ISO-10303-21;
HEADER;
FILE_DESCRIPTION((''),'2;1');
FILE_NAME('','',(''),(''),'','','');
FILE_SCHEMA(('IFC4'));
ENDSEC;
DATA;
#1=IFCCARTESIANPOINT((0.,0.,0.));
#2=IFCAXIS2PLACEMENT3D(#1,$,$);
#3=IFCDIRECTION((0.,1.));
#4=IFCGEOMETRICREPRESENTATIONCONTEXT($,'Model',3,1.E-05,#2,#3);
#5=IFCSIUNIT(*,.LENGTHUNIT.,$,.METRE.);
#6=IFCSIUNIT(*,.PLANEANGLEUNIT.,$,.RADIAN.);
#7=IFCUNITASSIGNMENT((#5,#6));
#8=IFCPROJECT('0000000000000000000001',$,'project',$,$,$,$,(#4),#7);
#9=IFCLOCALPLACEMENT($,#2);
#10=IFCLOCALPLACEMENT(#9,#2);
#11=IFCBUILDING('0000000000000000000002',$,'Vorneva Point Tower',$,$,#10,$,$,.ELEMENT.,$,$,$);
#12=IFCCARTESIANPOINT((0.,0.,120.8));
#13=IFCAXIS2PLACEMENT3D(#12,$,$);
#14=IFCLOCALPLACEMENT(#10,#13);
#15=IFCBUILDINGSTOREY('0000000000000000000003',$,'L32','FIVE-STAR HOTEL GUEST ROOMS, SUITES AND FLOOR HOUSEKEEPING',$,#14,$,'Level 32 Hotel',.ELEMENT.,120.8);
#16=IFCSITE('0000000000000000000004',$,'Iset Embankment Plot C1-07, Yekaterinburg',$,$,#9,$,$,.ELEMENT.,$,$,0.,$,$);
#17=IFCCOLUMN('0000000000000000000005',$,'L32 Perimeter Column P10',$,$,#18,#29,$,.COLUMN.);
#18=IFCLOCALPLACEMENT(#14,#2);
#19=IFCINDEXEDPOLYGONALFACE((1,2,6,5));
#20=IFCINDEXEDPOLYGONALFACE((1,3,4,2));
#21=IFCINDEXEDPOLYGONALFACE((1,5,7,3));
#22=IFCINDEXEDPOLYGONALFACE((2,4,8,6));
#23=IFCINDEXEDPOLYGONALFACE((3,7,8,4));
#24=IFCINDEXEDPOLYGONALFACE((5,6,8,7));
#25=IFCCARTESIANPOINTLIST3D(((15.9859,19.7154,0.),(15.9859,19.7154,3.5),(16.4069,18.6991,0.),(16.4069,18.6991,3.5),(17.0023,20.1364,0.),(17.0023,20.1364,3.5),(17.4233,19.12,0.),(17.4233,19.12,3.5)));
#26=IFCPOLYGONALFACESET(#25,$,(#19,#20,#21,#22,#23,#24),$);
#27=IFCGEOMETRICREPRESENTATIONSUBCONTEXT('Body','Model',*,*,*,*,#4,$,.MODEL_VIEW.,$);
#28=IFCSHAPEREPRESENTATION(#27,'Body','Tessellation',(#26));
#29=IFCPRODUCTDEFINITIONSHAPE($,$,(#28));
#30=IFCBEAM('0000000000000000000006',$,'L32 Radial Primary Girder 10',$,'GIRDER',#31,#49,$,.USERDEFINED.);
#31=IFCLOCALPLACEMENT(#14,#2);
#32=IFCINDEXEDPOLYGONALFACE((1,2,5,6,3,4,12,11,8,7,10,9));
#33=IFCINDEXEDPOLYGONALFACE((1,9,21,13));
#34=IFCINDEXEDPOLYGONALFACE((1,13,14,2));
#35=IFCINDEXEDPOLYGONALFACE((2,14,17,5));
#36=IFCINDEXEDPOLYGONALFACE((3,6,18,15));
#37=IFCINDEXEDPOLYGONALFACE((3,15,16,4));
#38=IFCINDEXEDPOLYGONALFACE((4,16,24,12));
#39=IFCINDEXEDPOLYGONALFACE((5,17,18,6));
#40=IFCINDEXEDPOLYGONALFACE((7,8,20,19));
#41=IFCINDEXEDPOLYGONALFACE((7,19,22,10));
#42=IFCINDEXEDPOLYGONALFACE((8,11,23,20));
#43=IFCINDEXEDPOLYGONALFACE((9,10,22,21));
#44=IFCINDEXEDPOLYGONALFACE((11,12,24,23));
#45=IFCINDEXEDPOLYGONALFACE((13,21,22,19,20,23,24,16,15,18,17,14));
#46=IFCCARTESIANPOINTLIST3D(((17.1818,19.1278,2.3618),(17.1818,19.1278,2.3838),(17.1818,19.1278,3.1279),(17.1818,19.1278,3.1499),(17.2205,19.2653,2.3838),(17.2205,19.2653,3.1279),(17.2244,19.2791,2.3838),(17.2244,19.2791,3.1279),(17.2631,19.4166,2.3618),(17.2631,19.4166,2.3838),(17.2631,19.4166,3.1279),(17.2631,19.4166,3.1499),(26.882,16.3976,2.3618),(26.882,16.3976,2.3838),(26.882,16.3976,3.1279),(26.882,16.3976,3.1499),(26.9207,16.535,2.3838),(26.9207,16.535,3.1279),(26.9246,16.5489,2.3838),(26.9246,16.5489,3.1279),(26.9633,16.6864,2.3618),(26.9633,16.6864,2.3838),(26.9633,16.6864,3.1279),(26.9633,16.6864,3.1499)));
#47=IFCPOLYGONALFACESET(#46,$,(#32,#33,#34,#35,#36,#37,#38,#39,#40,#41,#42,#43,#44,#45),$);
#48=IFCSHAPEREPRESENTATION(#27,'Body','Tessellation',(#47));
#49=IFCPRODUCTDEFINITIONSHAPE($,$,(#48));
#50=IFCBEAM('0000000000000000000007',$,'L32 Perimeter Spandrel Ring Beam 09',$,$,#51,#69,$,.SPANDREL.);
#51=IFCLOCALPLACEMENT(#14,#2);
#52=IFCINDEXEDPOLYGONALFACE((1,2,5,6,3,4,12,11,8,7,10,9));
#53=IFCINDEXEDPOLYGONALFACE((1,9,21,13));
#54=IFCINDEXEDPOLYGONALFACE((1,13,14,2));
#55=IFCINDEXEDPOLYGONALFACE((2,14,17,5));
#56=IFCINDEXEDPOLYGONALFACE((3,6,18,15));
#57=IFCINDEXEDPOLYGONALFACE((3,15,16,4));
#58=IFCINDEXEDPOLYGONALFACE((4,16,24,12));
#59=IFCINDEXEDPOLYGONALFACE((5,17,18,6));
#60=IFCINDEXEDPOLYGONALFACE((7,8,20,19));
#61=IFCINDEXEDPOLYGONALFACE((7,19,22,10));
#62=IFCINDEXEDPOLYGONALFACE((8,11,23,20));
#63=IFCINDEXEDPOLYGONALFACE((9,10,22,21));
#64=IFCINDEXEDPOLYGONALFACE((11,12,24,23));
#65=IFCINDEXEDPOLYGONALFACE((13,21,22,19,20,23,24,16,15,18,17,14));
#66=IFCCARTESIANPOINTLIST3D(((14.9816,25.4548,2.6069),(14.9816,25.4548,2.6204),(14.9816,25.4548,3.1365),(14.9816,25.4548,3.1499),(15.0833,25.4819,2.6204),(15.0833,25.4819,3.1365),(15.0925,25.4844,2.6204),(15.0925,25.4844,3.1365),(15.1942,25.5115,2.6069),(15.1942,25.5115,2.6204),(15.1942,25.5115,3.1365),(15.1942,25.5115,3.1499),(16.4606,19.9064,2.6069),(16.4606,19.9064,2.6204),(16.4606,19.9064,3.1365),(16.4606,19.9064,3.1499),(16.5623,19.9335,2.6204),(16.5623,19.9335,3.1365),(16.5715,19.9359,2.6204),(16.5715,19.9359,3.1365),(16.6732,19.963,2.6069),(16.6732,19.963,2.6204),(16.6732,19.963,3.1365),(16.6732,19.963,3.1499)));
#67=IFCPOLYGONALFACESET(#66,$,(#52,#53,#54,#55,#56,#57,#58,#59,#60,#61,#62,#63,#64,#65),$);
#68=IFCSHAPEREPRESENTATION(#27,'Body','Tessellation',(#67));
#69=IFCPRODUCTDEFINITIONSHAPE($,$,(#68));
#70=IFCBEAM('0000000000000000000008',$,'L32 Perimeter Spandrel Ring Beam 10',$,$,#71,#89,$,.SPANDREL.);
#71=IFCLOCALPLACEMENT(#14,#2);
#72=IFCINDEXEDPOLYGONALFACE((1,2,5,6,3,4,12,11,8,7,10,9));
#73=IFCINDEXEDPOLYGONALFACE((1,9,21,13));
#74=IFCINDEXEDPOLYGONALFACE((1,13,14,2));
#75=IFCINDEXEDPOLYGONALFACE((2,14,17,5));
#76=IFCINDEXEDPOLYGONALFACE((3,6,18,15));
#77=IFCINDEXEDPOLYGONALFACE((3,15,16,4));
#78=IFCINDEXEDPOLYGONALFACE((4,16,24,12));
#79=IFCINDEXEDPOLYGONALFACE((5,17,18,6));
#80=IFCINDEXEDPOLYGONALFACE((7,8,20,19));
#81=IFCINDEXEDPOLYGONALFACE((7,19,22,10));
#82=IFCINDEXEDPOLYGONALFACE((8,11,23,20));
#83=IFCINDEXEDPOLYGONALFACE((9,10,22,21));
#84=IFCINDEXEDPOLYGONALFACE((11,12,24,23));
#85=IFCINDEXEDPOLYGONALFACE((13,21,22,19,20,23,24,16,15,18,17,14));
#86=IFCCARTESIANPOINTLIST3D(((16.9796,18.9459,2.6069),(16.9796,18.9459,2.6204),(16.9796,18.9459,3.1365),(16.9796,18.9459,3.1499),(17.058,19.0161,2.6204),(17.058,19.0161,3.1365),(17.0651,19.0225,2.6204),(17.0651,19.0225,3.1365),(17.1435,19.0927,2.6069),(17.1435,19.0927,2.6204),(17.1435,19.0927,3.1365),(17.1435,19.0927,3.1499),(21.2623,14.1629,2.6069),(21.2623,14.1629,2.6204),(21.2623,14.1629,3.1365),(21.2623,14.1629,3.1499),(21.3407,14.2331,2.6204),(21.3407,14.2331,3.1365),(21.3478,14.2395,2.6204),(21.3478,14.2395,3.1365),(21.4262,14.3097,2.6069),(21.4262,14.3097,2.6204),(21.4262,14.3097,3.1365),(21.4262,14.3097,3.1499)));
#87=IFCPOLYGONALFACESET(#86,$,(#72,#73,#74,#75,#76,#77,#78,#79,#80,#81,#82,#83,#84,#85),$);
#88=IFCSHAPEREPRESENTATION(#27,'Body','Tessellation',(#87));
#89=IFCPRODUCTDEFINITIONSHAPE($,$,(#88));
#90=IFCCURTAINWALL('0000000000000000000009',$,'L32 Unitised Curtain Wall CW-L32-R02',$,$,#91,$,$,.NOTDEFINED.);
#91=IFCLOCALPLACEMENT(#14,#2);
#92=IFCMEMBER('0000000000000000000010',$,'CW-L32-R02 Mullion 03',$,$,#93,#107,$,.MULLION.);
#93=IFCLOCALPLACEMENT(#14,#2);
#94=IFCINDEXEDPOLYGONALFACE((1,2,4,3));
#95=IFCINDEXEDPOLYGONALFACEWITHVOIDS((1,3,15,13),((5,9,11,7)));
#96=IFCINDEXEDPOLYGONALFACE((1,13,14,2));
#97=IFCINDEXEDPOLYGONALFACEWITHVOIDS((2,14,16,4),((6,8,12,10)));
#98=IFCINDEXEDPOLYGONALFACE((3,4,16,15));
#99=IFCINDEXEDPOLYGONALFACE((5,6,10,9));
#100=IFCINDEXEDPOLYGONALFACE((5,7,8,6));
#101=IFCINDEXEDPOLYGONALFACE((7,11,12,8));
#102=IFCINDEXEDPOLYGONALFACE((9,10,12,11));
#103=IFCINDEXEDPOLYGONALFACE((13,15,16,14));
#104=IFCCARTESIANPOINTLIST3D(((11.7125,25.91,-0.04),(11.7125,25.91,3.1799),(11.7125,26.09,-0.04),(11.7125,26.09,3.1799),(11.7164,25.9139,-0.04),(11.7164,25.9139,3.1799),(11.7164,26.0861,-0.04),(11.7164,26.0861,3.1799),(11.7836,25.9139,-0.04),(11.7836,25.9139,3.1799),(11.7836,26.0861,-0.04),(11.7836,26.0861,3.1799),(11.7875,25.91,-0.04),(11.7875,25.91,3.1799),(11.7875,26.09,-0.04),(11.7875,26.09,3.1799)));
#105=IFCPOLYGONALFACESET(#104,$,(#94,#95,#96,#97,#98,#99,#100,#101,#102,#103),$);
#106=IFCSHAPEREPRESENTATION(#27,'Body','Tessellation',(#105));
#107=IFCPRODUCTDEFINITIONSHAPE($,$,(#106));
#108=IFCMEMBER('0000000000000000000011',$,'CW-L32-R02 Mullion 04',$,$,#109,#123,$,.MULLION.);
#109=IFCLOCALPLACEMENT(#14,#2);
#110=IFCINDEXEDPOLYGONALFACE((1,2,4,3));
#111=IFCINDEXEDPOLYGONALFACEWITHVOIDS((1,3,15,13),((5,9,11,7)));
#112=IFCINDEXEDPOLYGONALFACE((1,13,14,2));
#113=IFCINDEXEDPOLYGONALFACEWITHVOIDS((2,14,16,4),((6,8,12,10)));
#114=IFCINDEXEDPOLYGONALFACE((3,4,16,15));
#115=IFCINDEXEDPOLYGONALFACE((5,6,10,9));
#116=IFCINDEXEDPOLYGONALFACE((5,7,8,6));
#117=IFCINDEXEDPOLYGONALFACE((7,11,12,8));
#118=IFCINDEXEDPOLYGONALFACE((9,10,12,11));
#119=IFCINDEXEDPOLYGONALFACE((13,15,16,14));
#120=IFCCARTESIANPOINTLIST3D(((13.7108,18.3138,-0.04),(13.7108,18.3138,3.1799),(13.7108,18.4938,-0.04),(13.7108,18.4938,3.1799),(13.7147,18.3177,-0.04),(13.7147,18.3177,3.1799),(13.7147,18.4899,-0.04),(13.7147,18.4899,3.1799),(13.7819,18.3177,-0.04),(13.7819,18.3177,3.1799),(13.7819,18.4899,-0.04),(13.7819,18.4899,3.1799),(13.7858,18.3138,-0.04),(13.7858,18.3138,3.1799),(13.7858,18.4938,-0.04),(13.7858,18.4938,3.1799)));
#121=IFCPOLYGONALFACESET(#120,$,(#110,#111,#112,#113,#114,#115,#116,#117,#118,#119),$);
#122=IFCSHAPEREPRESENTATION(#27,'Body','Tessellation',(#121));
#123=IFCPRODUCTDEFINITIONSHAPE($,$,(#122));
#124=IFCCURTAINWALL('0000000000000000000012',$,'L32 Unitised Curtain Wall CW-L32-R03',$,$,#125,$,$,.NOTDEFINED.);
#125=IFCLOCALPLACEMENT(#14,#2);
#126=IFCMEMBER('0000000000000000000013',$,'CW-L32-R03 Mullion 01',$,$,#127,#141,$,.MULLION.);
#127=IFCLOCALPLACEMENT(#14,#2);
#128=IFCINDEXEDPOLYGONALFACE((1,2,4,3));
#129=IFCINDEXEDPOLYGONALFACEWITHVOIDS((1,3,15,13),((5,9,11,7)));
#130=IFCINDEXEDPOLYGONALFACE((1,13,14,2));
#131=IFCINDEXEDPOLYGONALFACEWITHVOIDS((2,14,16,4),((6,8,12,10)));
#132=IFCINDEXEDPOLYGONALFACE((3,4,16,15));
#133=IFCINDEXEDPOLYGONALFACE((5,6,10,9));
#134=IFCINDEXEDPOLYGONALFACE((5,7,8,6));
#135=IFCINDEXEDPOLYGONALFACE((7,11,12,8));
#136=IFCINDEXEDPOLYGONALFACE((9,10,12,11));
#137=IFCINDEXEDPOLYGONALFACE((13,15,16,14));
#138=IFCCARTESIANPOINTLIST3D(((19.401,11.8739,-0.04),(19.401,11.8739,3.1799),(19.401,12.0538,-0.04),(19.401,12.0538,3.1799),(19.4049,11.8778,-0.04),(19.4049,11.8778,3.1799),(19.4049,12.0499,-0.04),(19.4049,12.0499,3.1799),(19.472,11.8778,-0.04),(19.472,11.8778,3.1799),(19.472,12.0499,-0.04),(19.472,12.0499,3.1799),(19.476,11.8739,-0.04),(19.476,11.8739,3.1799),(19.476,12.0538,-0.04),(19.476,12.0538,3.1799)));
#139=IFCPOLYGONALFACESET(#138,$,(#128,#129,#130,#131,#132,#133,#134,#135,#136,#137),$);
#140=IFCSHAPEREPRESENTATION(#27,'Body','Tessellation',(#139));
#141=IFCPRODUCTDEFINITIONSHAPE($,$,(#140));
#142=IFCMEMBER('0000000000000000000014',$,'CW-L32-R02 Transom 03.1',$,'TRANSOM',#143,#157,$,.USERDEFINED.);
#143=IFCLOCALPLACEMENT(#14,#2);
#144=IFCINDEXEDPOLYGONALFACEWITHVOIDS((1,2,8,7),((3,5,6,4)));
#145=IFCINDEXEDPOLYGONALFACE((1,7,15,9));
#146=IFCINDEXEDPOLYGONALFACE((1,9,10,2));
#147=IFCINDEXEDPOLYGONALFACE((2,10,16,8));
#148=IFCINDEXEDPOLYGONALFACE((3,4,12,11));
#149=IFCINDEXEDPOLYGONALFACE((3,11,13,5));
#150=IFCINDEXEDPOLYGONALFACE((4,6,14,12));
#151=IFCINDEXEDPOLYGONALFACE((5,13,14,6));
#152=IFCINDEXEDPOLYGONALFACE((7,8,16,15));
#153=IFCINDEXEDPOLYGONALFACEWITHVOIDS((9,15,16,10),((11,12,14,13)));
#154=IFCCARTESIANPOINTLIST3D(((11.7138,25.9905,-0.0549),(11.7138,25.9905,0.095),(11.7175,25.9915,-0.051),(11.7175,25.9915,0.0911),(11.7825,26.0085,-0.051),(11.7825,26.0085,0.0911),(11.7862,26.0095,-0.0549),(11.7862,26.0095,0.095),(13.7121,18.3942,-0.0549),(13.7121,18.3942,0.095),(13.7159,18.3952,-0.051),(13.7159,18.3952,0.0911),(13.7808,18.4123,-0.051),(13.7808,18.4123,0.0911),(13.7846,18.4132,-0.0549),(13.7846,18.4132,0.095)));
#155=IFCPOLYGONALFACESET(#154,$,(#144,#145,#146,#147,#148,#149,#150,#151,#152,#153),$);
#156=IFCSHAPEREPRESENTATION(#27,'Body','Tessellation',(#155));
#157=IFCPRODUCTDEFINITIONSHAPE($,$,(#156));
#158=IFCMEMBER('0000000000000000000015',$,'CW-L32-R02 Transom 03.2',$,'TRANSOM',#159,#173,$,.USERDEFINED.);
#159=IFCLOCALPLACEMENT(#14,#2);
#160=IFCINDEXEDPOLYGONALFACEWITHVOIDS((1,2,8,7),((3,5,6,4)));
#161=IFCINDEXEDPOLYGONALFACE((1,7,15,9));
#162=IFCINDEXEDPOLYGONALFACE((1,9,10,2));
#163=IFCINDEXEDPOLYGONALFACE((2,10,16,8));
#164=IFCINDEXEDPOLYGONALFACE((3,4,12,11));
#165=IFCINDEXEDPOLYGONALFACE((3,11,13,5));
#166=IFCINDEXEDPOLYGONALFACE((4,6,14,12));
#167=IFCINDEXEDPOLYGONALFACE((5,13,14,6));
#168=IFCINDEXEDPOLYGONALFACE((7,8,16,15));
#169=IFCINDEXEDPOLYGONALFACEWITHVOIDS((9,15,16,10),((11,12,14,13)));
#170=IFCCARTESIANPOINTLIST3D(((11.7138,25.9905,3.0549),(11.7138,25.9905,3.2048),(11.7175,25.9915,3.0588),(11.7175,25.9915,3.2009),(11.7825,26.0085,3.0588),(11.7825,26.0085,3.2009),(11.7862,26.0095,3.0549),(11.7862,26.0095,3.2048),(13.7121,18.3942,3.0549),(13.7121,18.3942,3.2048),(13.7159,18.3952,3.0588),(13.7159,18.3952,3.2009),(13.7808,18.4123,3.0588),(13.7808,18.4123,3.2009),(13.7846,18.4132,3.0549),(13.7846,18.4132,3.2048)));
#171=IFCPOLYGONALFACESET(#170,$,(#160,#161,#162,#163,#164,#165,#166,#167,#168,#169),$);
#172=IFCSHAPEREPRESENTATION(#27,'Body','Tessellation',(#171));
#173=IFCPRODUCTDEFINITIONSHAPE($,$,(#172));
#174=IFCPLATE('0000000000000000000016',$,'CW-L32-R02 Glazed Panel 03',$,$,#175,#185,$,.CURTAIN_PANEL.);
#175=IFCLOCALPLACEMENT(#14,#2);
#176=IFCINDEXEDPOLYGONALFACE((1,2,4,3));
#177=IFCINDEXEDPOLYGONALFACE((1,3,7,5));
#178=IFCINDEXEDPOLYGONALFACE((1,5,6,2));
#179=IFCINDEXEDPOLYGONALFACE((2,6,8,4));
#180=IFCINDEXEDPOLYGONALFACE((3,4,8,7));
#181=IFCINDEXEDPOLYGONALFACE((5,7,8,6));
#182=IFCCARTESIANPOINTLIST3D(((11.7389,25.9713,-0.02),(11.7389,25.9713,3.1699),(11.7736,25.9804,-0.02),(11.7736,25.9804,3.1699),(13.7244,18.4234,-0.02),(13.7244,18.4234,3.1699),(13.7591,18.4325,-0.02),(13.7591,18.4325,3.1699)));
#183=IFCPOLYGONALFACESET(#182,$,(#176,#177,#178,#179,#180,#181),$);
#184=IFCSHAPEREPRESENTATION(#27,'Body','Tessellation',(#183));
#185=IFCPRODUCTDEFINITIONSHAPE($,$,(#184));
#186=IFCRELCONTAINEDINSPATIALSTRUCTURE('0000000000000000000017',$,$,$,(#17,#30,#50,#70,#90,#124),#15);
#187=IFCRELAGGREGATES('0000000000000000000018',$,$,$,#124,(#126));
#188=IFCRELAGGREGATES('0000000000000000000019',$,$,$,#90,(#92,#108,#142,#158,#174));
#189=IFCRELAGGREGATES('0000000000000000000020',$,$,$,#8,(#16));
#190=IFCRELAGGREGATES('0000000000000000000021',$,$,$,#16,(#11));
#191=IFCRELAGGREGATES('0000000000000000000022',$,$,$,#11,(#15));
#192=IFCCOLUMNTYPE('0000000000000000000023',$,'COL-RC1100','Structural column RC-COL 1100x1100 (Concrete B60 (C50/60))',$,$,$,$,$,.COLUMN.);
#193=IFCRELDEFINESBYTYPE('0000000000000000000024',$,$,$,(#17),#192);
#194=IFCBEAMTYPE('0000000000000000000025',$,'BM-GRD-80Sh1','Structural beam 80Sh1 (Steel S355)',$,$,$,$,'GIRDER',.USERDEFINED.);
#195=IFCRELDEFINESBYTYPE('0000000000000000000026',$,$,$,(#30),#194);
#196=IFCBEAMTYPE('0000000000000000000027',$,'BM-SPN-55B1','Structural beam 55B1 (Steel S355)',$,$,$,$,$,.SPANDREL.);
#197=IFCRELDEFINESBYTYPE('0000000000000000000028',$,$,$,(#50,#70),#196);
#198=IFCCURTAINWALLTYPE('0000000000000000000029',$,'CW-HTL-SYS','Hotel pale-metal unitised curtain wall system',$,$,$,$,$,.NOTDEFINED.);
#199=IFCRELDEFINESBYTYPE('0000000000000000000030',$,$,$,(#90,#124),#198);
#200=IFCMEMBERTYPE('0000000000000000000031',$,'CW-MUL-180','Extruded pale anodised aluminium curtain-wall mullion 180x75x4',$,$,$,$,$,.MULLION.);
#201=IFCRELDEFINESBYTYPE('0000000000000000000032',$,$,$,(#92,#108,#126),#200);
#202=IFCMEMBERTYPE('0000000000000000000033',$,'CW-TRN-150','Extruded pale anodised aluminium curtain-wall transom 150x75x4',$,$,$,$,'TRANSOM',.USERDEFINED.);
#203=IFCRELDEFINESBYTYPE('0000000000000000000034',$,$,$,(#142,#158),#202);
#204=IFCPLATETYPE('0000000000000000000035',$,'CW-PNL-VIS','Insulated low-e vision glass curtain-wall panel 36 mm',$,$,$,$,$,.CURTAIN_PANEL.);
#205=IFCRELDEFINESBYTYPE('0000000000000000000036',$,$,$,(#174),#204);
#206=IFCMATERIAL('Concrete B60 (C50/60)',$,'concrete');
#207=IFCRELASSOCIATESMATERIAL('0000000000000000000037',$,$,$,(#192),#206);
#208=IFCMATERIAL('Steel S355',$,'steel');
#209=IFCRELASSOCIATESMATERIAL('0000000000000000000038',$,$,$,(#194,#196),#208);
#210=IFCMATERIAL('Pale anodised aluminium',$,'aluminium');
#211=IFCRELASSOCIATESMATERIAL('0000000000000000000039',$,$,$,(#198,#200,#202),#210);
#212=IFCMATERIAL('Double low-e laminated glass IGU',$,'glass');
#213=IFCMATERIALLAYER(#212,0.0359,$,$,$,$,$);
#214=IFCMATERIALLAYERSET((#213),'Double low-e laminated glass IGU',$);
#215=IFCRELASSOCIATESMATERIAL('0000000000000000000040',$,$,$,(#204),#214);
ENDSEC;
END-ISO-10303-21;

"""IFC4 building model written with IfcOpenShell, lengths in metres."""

from ifc_helpers import new_model, si_unit, direction, frame, origin, origin_2d, place, context, subcontext, project, spatial, rectangle, hollow_rectangle, i_section, extrude, material, layer, layer_set, material_profile, profile_set, type_object, element, aggregate, save


model = new_model("IFC4")

# Units and contexts
model_context = context("Model", 3, precision=1e-05, world=origin(), true_north=direction((0.0, 1.0)))
body_context = subcontext(model_context, "Body", "Model", "MODEL_VIEW")
ifc_project = project(units=[si_unit("LENGTHUNIT", "METRE"), si_unit("PLANEANGLEUNIT", "RADIAN")], contexts=[model_context])

# Site, building, storey
site_placement = place(None, origin())
site = spatial("IfcSite", under=ifc_project, at=site_placement, Name="Iset Embankment Plot C1-07, Yekaterinburg", CompositionType="ELEMENT", RefElevation=0.0)
building_placement = place(site_placement, origin())
building = spatial("IfcBuilding", under=site, at=building_placement, Name="Vorneva Point Tower", CompositionType="ELEMENT")
storey_placement = place(building_placement, frame((0.0, 0.0, 120.8)))
storey = spatial("IfcBuildingStorey", under=building, at=storey_placement, Name="L32", Description="FIVE-STAR HOTEL GUEST ROOMS, SUITES AND FLOOR HOUSEKEEPING", LongName="Level 32 Hotel", CompositionType="ELEMENT", Elevation=120.8)

# Column
ifc_material_1 = material(Name="Concrete B60 (C50/60)", Category="concrete")
ifc_material_profile_1 = material_profile(ifc_material_1, rectangle(XDim=1.1001, YDim=1.1001, at=origin_2d()), Name="RC-COL 1100x1100")
ifc_profile_set_1 = profile_set([ifc_material_profile_1], Name="Concrete B60 (C50/60)")
column_type = type_object("IfcColumnType", Name="COL-RC1100", Description="Structural column RC-COL 1100x1100 (Concrete B60 (C50/60))", PredefinedType="COLUMN", material=ifc_profile_set_1)
column_placement = place(storey_placement, frame((16.7046, 19.4177, 0.0), z_axis=(0.0, 0.0, 1.0), x_axis=(-0.92388, -0.382683, 0.0)))
element("IfcColumn", 1, at=column_placement, inside=storey, type_object=column_type, Name="L32 Perimeter Column P10", PredefinedType="COLUMN", context=body_context, shape_type="SweptSolid", body=[
    extrude(rectangle(XDim=1.1001, YDim=1.1001, at=origin_2d()), origin(), (0.0, 0.0, 1.0), 3.5),
])

# Beams
ifc_material_2 = material(Name="Steel S355", Category="steel")
ifc_material_profile_2 = material_profile(ifc_material_2, i_section(OverallWidth=0.3, OverallDepth=0.7881, WebThickness=0.0144, FlangeThickness=0.022, at=origin_2d()), Name="80Sh1")
ifc_profile_set_2 = profile_set([ifc_material_profile_2], Name="Steel S355")
beam_type_1 = type_object("IfcBeamType", Name="BM-GRD-80Sh1", Description="Structural beam 80Sh1 (Steel S355)", ElementType="GIRDER", PredefinedType="USERDEFINED", material=ifc_profile_set_2)
beam_1_placement = place(storey_placement, frame((17.2224, 19.2722, 2.7559), z_axis=(0.962598, -0.270934, 0.0), x_axis=(0.270934, 0.962598, 0.0)))
element("IfcBeam", 2, at=beam_1_placement, inside=storey, type_object=beam_type_1, Name="L32 Radial Primary Girder 10", ObjectType="GIRDER", PredefinedType="USERDEFINED", context=body_context, shape_type="SweptSolid", body=[
    extrude(i_section(OverallWidth=0.3, OverallDepth=0.7881, WebThickness=0.0144, FlangeThickness=0.022, at=origin_2d()), origin(), (0.0, 0.0, 1.0), 10.0771),
])
ifc_material_profile_3 = material_profile(ifc_material_2, i_section(OverallWidth=0.22, OverallDepth=0.543, WebThickness=0.0095, FlangeThickness=0.0134, at=origin_2d()), Name="55B1")
ifc_profile_set_3 = profile_set([ifc_material_profile_3], Name="Steel S355")
beam_type_2 = type_object("IfcBeamType", Name="BM-SPN-55B1", Description="Structural beam 55B1 (Steel S355)", PredefinedType="SPANDREL", material=ifc_profile_set_3)
beam_2_placement = place(storey_placement, frame((15.0879, 25.4832, 2.8784), z_axis=(0.257573, -0.966259, 0.0), x_axis=(0.966259, 0.257573, 0.0)))
element("IfcBeam", 3, at=beam_2_placement, inside=storey, type_object=beam_type_2, Name="L32 Perimeter Spandrel Ring Beam 09", PredefinedType="SPANDREL", context=body_context, shape_type="SweptSolid", body=[
    extrude(i_section(OverallWidth=0.22, OverallDepth=0.543, WebThickness=0.0095, FlangeThickness=0.0134, at=origin_2d()), origin(), (0.0, 0.0, 1.0), 5.7422),
])
beam_3_placement = place(storey_placement, frame((17.0615, 19.0193, 2.8784), z_axis=(0.667074, -0.744992, 0.0), x_axis=(0.744992, 0.667074, 0.0)))
element("IfcBeam", 4, at=beam_3_placement, inside=storey, type_object=beam_type_2, Name="L32 Perimeter Spandrel Ring Beam 10", PredefinedType="SPANDREL", context=body_context, shape_type="SweptSolid", body=[
    extrude(i_section(OverallWidth=0.22, OverallDepth=0.543, WebThickness=0.0095, FlangeThickness=0.0134, at=origin_2d()), origin(), (0.0, 0.0, 1.0), 6.4202),
])

# Curtain wall, members
ifc_material_3 = material(Name="Pale anodised aluminium", Category="aluminium")
curtain_wall_type = type_object("IfcCurtainWallType", Name="CW-HTL-SYS", Description="Hotel pale-metal unitised curtain wall system", PredefinedType="NOTDEFINED", material=ifc_material_3)
curtain_wall_1_placement = place(storey_placement, origin())
curtain_wall_1 = element("IfcCurtainWall", 5, at=curtain_wall_1_placement, inside=storey, type_object=curtain_wall_type, Name="L32 Unitised Curtain Wall CW-L32-R02", PredefinedType="NOTDEFINED")
ifc_material_profile_4 = material_profile(ifc_material_3, hollow_rectangle(XDim=0.075, YDim=0.1799, WallThickness=0.0039, at=origin_2d()), Name="AL-MUL 180x75x4")
ifc_profile_set_4 = profile_set([ifc_material_profile_4], Name="Pale anodised aluminium")
member_type_1 = type_object("IfcMemberType", Name="CW-MUL-180", Description="Extruded pale anodised aluminium curtain-wall mullion 180x75x4", PredefinedType="MULLION", material=ifc_profile_set_4)
member_1_placement = place(storey_placement, frame((11.75, 26.0, -0.04), z_axis=(0.0, 0.0, 1.0), x_axis=(1.0, 0.0, 0.0)))
member_1 = element("IfcMember", 6, at=member_1_placement, type_object=member_type_1, Name="CW-L32-R02 Mullion 03", PredefinedType="MULLION", context=body_context, shape_type="SweptSolid", body=[
    extrude(hollow_rectangle(XDim=0.075, YDim=0.1799, WallThickness=0.0039, at=origin_2d()), origin(), (0.0, 0.0, 1.0), 3.22),
])
member_2_placement = place(storey_placement, frame((13.7483, 18.4038, -0.04), z_axis=(0.0, 0.0, 1.0), x_axis=(1.0, 0.0, 0.0)))
member_2 = element("IfcMember", 7, at=member_2_placement, type_object=member_type_1, Name="CW-L32-R02 Mullion 04", PredefinedType="MULLION", context=body_context, shape_type="SweptSolid", body=[
    extrude(hollow_rectangle(XDim=0.075, YDim=0.1799, WallThickness=0.0039, at=origin_2d()), origin(), (0.0, 0.0, 1.0), 3.22),
])

# Curtain wall, member
curtain_wall_2_placement = place(storey_placement, origin())
curtain_wall_2 = element("IfcCurtainWall", 8, at=curtain_wall_2_placement, inside=storey, type_object=curtain_wall_type, Name="L32 Unitised Curtain Wall CW-L32-R03", PredefinedType="NOTDEFINED")
member_3_placement = place(storey_placement, frame((19.4385, 11.9639, -0.04), z_axis=(0.0, 0.0, 1.0), x_axis=(1.0, 0.0, 0.0)))
member_3 = element("IfcMember", 9, at=member_3_placement, type_object=member_type_1, Name="CW-L32-R03 Mullion 01", PredefinedType="MULLION", context=body_context, shape_type="SweptSolid", body=[
    extrude(hollow_rectangle(XDim=0.075, YDim=0.1799, WallThickness=0.0039, at=origin_2d()), origin(), (0.0, 0.0, 1.0), 3.22),
])
aggregate(curtain_wall_2, [member_3])

# Members
ifc_material_profile_5 = material_profile(ifc_material_3, hollow_rectangle(XDim=0.075, YDim=0.1499, WallThickness=0.0039, at=origin_2d()), Name="AL-TRN 150x75x4")
ifc_profile_set_5 = profile_set([ifc_material_profile_5], Name="Pale anodised aluminium")
member_type_2 = type_object("IfcMemberType", Name="CW-TRN-150", Description="Extruded pale anodised aluminium curtain-wall transom 150x75x4", ElementType="TRANSOM", PredefinedType="USERDEFINED", material=ifc_profile_set_5)
member_4_placement = place(storey_placement, frame((11.75, 26.0, 0.02), z_axis=(0.254409, -0.967097, 0.0), x_axis=(0.967097, 0.254409, 0.0)))
member_4 = element("IfcMember", 10, at=member_4_placement, type_object=member_type_2, Name="CW-L32-R02 Transom 03.1", ObjectType="TRANSOM", PredefinedType="USERDEFINED", context=body_context, shape_type="SweptSolid", body=[
    extrude(hollow_rectangle(XDim=0.075, YDim=0.1499, WallThickness=0.0039, at=origin_2d()), origin(), (0.0, 0.0, 1.0), 7.8547),
])
member_5_placement = place(storey_placement, frame((11.75, 26.0, 3.1299), z_axis=(0.254409, -0.967097, 0.0), x_axis=(0.967097, 0.254409, 0.0)))
member_5 = element("IfcMember", 11, at=member_5_placement, type_object=member_type_2, Name="CW-L32-R02 Transom 03.2", ObjectType="TRANSOM", PredefinedType="USERDEFINED", context=body_context, shape_type="SweptSolid", body=[
    extrude(hollow_rectangle(XDim=0.075, YDim=0.1499, WallThickness=0.0039, at=origin_2d()), origin(), (0.0, 0.0, 1.0), 7.8547),
])

# Plate
ifc_material_4 = material(Name="Double low-e laminated glass IGU", Category="glass")
ifc_layer_1 = layer(ifc_material_4, 0.0359)
ifc_layer_set_1 = layer_set([ifc_layer_1], Name="Double low-e laminated glass IGU")
plate_type = type_object("IfcPlateType", Name="CW-PNL-VIS", Description="Insulated low-e vision glass curtain-wall panel 36 mm", PredefinedType="CURTAIN_PANEL", material=ifc_layer_set_1)
plate_placement = place(storey_placement, frame((12.749, 22.2019, -0.02), z_axis=(0.0, 0.0, 1.0), x_axis=(0.254399, -0.967099, 0.0)))
plate = element("IfcPlate", 12, at=plate_placement, type_object=plate_type, Name="CW-L32-R02 Glazed Panel 03", PredefinedType="CURTAIN_PANEL", context=body_context, shape_type="SweptSolid", body=[
    extrude(rectangle(XDim=7.8047, YDim=0.0359, at=origin_2d()), origin(), (0.0, 0.0, 1.0), 3.1899),
])
aggregate(curtain_wall_1, [member_1, member_2, member_4, member_5, plate])

save(model, "model.ifc")
